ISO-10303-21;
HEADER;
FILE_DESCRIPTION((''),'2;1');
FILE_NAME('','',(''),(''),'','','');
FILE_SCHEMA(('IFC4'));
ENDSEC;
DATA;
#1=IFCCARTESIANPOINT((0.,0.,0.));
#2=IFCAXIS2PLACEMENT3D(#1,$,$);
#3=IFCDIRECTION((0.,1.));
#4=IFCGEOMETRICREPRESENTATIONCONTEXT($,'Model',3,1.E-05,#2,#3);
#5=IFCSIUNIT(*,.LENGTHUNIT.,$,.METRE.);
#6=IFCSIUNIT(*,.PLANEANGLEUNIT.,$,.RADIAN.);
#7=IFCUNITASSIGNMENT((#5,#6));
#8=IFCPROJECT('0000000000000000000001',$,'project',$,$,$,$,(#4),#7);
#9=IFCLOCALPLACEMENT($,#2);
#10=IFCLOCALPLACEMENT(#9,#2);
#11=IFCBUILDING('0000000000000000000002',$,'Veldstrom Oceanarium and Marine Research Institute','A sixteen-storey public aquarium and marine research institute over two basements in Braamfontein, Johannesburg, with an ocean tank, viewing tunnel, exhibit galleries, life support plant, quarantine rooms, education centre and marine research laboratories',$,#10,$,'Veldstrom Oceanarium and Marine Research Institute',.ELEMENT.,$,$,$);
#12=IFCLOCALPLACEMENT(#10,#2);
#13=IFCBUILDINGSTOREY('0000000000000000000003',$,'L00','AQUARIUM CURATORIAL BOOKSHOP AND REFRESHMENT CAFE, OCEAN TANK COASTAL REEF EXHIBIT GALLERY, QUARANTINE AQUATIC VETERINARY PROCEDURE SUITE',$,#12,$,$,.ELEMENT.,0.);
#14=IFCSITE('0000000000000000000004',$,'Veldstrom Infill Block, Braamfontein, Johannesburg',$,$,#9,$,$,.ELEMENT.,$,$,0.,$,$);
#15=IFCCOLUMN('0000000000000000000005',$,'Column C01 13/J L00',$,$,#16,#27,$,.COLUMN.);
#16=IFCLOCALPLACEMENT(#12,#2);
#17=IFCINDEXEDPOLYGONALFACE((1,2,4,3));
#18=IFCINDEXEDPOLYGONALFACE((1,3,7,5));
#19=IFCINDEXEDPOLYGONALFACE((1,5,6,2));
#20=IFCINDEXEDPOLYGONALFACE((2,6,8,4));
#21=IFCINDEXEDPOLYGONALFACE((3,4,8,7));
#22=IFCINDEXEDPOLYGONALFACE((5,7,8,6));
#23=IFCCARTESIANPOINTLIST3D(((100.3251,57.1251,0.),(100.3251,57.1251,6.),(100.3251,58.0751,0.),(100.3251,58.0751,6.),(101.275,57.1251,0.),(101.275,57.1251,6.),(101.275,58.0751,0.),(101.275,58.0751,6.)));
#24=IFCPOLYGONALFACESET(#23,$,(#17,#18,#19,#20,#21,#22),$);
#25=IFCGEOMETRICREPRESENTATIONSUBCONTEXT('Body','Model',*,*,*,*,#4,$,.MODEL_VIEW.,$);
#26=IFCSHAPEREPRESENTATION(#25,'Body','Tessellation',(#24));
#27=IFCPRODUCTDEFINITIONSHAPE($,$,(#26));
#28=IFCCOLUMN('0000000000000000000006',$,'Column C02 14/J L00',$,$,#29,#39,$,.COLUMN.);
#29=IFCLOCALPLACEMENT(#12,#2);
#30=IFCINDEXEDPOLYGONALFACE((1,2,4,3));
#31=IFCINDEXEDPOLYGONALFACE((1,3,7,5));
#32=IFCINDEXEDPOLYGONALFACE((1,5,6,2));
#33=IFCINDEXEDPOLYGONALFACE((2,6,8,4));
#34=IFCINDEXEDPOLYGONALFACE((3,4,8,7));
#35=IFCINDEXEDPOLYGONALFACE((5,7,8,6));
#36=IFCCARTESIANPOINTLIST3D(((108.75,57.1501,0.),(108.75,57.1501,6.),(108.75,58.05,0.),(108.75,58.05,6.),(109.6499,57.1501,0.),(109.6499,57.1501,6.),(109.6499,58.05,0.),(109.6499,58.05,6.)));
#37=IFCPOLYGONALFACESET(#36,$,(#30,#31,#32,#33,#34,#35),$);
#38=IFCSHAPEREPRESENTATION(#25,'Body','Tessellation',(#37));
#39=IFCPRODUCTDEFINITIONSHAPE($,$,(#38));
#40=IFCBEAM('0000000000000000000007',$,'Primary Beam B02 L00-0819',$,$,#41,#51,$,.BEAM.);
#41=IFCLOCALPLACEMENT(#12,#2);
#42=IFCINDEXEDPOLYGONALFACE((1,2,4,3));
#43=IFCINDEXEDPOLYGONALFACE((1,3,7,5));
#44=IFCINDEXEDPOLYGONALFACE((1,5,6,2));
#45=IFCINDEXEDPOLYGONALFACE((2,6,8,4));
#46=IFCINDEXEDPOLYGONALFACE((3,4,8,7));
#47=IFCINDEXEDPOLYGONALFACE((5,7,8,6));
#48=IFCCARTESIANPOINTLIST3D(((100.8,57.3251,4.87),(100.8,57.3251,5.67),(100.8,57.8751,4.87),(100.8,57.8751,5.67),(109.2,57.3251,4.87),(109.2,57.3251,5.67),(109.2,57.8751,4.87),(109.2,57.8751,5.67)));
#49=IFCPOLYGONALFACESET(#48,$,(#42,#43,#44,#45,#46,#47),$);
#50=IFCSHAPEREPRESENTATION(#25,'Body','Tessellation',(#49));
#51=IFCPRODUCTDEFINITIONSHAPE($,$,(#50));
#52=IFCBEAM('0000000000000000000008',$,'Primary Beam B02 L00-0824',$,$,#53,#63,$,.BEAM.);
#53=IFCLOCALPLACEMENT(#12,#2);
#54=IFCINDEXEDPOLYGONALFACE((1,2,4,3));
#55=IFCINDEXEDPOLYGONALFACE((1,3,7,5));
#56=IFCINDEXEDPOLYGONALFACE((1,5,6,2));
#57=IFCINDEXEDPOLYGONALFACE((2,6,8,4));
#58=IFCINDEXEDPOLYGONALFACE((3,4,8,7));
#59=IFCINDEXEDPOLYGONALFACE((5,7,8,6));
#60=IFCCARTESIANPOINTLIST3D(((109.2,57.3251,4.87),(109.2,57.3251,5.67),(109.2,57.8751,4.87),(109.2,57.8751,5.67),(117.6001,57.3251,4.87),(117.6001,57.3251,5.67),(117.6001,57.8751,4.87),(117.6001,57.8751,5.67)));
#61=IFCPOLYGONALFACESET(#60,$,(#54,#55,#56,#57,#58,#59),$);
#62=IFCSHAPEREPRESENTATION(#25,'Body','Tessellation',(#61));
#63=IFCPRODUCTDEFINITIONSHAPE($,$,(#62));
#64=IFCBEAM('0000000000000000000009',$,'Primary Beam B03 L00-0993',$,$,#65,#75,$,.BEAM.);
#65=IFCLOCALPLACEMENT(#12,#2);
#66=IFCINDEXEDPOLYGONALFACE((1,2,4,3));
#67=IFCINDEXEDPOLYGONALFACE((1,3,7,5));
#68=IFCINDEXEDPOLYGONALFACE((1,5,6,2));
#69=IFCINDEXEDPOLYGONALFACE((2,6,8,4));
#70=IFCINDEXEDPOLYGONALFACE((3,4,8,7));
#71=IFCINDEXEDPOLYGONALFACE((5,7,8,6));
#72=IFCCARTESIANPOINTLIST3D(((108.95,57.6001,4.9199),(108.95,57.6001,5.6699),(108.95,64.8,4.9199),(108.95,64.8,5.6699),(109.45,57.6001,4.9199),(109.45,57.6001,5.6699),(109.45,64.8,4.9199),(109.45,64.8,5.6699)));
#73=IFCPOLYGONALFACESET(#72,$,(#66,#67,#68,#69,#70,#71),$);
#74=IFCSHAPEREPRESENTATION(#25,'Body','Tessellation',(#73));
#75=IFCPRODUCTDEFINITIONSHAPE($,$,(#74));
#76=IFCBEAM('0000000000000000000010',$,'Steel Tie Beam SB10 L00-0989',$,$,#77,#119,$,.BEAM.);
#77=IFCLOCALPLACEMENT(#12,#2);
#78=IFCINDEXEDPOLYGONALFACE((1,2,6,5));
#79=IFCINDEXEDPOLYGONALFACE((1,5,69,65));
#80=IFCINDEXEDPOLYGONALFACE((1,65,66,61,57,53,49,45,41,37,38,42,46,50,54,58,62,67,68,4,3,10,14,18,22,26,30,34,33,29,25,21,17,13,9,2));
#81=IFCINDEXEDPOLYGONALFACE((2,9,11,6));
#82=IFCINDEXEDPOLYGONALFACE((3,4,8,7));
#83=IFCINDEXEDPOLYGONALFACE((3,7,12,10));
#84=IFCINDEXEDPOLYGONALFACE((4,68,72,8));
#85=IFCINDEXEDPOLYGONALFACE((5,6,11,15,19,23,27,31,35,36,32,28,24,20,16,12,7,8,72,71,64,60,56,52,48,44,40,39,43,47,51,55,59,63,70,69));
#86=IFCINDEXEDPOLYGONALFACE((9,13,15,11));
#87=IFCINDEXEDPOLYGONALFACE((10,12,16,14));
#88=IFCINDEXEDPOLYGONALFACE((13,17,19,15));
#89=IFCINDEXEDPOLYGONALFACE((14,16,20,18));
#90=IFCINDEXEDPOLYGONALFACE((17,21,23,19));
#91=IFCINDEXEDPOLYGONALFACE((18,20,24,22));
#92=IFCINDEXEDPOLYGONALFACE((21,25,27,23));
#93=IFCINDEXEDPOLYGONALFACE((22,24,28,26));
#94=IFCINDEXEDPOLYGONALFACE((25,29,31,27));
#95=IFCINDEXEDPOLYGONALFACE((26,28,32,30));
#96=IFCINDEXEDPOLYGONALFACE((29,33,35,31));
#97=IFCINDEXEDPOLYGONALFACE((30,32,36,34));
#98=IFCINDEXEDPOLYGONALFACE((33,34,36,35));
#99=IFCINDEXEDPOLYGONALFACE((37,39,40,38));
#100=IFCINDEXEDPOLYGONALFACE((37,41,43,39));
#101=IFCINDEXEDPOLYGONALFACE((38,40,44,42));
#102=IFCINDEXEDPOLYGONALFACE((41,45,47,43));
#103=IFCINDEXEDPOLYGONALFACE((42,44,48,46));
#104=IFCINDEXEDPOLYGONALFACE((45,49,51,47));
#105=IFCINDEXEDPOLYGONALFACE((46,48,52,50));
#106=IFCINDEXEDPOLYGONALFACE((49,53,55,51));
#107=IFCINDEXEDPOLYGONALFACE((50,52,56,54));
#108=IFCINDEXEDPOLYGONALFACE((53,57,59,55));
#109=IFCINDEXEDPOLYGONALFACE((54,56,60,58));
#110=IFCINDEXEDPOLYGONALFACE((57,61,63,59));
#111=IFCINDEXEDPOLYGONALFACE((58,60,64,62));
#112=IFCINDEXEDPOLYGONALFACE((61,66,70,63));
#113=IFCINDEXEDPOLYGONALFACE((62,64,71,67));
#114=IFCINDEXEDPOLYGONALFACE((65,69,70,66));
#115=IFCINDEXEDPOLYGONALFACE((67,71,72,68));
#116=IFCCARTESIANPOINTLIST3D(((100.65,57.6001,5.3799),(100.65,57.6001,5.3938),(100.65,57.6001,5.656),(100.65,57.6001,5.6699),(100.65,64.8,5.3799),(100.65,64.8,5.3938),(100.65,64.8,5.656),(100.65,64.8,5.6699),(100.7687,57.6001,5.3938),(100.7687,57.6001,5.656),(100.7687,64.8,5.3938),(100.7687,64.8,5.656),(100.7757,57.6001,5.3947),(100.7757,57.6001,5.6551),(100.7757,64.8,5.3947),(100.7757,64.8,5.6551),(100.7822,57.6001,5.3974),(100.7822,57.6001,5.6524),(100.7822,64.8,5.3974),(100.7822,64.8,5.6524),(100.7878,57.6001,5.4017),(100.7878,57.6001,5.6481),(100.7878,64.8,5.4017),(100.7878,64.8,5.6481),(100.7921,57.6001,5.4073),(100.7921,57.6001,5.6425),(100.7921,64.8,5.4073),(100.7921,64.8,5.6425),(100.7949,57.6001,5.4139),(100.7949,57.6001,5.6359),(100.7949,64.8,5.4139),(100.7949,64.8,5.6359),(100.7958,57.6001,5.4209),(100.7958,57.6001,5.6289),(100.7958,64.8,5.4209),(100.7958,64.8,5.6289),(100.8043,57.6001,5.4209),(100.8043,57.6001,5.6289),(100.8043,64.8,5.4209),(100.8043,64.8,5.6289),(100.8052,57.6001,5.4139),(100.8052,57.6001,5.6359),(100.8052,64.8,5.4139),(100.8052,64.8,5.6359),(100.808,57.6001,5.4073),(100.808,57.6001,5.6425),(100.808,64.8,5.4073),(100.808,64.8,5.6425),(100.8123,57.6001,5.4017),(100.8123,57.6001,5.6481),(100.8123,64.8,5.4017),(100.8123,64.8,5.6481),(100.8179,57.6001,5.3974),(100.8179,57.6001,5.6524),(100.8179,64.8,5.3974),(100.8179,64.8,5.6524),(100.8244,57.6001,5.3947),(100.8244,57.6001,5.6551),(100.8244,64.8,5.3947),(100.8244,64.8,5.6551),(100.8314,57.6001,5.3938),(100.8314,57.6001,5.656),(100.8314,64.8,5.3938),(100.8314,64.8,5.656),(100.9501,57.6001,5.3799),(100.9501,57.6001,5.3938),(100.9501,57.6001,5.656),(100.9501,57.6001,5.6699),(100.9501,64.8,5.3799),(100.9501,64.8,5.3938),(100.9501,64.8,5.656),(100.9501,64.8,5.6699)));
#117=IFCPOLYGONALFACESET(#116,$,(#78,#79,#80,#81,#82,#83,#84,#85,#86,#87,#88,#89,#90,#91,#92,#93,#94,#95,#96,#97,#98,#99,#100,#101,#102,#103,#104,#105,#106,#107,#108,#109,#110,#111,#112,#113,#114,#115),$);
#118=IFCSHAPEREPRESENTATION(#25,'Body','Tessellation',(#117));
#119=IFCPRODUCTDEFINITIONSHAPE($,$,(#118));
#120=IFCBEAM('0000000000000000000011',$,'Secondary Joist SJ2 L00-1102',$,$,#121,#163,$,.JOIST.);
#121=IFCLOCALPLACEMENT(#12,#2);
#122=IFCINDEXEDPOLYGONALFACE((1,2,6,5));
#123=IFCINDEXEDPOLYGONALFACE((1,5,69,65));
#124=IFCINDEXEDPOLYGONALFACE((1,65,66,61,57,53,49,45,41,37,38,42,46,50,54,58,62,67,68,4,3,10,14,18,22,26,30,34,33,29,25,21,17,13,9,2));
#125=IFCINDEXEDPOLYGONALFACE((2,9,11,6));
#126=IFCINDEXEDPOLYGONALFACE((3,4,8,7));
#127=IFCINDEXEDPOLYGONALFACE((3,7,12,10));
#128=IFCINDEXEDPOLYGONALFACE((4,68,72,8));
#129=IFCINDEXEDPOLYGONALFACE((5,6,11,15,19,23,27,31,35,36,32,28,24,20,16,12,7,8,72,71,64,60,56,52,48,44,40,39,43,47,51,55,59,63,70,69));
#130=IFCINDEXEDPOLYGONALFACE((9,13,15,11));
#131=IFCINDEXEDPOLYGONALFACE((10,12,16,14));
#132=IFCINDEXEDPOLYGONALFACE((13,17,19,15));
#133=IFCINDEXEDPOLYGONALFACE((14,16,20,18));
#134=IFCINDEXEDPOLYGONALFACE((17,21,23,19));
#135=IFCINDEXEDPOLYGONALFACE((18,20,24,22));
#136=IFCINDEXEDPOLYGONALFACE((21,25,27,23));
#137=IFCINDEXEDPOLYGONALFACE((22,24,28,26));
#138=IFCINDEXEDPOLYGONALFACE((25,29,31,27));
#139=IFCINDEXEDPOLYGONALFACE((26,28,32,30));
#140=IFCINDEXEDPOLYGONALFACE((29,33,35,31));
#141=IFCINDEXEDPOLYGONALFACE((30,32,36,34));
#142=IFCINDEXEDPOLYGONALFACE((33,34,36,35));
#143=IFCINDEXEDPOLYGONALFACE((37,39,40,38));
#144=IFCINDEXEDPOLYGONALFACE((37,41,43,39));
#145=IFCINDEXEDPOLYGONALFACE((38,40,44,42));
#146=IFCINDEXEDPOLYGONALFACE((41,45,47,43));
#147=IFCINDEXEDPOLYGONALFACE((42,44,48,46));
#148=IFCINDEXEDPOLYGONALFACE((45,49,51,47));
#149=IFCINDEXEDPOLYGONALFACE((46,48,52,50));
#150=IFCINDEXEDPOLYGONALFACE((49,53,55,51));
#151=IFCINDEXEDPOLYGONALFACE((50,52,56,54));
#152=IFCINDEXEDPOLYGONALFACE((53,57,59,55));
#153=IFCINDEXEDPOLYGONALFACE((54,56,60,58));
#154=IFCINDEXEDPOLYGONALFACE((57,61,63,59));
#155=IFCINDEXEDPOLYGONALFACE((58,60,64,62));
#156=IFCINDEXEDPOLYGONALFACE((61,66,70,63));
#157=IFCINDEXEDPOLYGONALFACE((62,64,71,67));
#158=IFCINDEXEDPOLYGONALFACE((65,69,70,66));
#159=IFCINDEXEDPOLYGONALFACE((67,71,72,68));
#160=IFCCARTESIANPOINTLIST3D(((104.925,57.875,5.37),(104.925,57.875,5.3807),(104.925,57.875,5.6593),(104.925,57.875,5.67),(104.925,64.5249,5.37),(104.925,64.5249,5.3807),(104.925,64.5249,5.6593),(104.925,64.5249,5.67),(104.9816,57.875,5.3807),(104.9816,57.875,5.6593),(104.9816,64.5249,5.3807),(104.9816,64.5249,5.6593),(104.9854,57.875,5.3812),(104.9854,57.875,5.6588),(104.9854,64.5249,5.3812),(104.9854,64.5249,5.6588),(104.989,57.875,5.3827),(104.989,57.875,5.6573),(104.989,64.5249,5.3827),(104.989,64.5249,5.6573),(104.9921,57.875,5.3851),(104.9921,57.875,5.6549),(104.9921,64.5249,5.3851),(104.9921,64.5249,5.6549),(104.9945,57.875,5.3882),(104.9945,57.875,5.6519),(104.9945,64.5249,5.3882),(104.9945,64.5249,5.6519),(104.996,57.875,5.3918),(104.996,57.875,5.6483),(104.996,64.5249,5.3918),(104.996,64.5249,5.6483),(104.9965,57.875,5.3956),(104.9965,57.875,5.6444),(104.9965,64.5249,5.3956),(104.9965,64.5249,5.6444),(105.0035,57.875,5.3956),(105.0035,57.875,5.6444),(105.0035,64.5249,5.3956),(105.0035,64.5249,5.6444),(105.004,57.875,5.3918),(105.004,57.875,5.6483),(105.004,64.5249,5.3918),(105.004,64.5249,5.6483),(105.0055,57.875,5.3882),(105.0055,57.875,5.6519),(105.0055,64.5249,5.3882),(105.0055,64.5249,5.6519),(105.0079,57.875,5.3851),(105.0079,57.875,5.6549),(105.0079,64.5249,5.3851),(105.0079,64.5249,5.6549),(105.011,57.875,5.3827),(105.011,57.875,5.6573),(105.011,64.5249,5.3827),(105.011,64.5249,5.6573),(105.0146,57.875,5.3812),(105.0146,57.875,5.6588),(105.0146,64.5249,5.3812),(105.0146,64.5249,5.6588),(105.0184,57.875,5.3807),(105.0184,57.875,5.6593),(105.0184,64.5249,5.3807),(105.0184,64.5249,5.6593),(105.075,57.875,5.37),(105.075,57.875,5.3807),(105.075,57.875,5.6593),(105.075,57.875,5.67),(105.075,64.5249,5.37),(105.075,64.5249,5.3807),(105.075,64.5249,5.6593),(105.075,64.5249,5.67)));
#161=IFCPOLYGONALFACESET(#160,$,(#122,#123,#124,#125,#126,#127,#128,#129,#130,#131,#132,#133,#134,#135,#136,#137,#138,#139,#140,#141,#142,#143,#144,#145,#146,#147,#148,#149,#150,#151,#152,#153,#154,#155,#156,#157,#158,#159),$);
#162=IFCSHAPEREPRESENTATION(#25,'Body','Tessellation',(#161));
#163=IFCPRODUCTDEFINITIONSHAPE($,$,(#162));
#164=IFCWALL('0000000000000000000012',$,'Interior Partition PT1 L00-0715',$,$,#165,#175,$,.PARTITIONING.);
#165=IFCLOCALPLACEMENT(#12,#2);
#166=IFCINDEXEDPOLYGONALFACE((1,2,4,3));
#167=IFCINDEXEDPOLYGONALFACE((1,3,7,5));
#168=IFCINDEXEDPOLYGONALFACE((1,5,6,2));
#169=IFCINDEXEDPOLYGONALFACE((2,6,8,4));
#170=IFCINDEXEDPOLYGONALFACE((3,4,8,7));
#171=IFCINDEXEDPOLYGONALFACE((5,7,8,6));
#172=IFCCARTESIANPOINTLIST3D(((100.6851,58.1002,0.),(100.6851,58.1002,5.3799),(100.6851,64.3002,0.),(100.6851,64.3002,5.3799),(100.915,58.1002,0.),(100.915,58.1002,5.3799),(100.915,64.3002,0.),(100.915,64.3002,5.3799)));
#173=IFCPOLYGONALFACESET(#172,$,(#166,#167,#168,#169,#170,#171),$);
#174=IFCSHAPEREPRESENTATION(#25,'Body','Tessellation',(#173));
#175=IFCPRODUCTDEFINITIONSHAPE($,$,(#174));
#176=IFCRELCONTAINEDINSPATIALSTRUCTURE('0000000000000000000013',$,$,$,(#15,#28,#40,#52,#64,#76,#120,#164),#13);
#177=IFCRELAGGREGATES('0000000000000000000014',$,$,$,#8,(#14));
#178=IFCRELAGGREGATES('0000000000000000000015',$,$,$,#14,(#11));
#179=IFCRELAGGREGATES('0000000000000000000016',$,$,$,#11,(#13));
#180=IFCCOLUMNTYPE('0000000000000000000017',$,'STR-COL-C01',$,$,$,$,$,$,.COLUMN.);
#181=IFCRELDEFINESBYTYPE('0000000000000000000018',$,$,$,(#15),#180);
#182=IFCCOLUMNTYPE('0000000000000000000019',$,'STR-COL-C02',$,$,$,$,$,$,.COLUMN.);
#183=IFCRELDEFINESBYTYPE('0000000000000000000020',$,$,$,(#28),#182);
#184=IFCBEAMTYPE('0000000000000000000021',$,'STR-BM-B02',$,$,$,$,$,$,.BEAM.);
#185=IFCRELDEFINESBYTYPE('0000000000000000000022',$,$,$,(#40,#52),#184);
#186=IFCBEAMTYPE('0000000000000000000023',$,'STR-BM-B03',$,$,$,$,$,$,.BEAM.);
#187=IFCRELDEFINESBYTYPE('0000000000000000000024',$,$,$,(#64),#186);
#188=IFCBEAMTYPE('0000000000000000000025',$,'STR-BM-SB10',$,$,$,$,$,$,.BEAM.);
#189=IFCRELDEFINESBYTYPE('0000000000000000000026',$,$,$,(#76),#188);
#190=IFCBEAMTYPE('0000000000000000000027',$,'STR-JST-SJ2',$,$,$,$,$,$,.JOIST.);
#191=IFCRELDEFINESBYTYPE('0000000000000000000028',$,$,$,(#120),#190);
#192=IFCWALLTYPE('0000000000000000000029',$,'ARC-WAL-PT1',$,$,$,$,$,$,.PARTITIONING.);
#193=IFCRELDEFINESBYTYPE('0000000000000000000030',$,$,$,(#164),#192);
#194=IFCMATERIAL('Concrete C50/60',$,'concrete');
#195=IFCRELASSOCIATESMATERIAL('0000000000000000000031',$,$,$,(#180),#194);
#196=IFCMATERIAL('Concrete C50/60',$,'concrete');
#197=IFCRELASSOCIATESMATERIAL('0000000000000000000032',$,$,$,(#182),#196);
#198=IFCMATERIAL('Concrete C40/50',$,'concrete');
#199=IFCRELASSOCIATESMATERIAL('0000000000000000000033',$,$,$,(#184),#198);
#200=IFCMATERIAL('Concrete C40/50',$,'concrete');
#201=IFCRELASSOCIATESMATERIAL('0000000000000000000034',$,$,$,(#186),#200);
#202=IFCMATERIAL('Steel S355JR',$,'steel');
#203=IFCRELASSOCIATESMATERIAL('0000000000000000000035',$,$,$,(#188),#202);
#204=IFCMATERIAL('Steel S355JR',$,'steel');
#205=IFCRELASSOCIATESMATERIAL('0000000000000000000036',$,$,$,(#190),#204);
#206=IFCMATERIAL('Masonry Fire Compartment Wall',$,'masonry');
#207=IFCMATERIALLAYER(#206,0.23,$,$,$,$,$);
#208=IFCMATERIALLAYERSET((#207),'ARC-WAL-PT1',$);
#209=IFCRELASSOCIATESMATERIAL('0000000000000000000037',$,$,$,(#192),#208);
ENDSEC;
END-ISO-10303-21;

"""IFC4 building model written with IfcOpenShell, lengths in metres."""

from ifc_helpers import new_model, si_unit, direction, frame, frame_2d, origin, origin_2d, place, context, subcontext, project, spatial, rectangle, i_section, extrude, material, layer, layer_set, material_profile, profile_set, type_object, element, save


model = new_model("IFC4")

# Units and contexts
model_context = context("Model", 3, precision=1e-05, world=origin(), true_north=direction((0.0, 1.0)))
body_context = subcontext(model_context, "Body", "Model", "MODEL_VIEW")
ifc_project = project(units=[si_unit("LENGTHUNIT", "METRE"), si_unit("PLANEANGLEUNIT", "RADIAN")], contexts=[model_context])

# Site, building, storey
site_placement = place(None, origin())
site = spatial("IfcSite", under=ifc_project, at=site_placement, Name="Veldstrom Infill Block, Braamfontein, Johannesburg", CompositionType="ELEMENT", RefElevation=0.0)
building_placement = place(site_placement, origin())
building = spatial("IfcBuilding", under=site, at=building_placement, Name="Veldstrom Oceanarium and Marine Research Institute", Description="A sixteen-storey public aquarium and marine research institute over two basements in Braamfontein, Johannesburg, with an ocean tank, viewing tunnel, exhibit galleries, life support plant, quarantine rooms, education centre and marine research laboratories", LongName="Veldstrom Oceanarium and Marine Research Institute", CompositionType="ELEMENT")
storey_placement = place(building_placement, origin())
storey = spatial("IfcBuildingStorey", under=building, at=storey_placement, Name="L00", Description="AQUARIUM CURATORIAL BOOKSHOP AND REFRESHMENT CAFE, OCEAN TANK COASTAL REEF EXHIBIT GALLERY, QUARANTINE AQUATIC VETERINARY PROCEDURE SUITE", CompositionType="ELEMENT", Elevation=0.0)

# Columns
ifc_material_1 = material(Name="Concrete C50/60", Category="concrete")
ifc_material_profile_1 = material_profile(ifc_material_1, rectangle(XDim=0.95, YDim=0.95, at=origin_2d()), Name="RC-COL-950x950")
ifc_profile_set_1 = profile_set([ifc_material_profile_1], Name="Concrete C50/60")
column_type_1 = type_object("IfcColumnType", Name="STR-COL-C01", PredefinedType="COLUMN", material=ifc_profile_set_1)
column_1_placement = place(storey_placement, frame((100.8, 57.6001, 0.0), z_axis=(0.0, 0.0, 1.0), x_axis=(1.0, 0.0, 0.0)))
element("IfcColumn", 1, at=column_1_placement, inside=storey, type_object=column_type_1, Name="Column C01 13/J L00", PredefinedType="COLUMN", context=body_context, shape_type="SweptSolid", body=[
    extrude(rectangle(XDim=0.95, YDim=0.95, at=origin_2d()), origin(), (0.0, 0.0, 1.0), 6.0),
])
ifc_material_2 = material(Name="Concrete C50/60", Category="concrete")
ifc_material_profile_2 = material_profile(ifc_material_2, rectangle(XDim=0.8999, YDim=0.8999, at=origin_2d()), Name="RC-COL-900x900")
ifc_profile_set_2 = profile_set([ifc_material_profile_2], Name="Concrete C50/60")
column_type_2 = type_object("IfcColumnType", Name="STR-COL-C02", PredefinedType="COLUMN", material=ifc_profile_set_2)
column_2_placement = place(storey_placement, frame((109.2, 57.6001, 0.0), z_axis=(0.0, 0.0, 1.0), x_axis=(1.0, 0.0, 0.0)))
element("IfcColumn", 2, at=column_2_placement, inside=storey, type_object=column_type_2, Name="Column C02 14/J L00", PredefinedType="COLUMN", context=body_context, shape_type="SweptSolid", body=[
    extrude(rectangle(XDim=0.8999, YDim=0.8999, at=origin_2d()), origin(), (0.0, 0.0, 1.0), 6.0),
])

# Beams
ifc_material_3 = material(Name="Concrete C40/50", Category="concrete")
ifc_material_profile_3 = material_profile(ifc_material_3, rectangle(XDim=0.55, YDim=0.8, at=origin_2d()), Name="RC-BM-550x800")
ifc_profile_set_3 = profile_set([ifc_material_profile_3], Name="Concrete C40/50")
beam_type_1 = type_object("IfcBeamType", Name="STR-BM-B02", PredefinedType="BEAM", material=ifc_profile_set_3)
beam_1_placement = place(storey_placement, frame((100.8, 57.6001, 5.27), z_axis=(1.0, 0.0, 0.0), x_axis=(0.0, 1.0, 0.0)))
element("IfcBeam", 3, at=beam_1_placement, inside=storey, type_object=beam_type_1, Name="Primary Beam B02 L00-0819", PredefinedType="BEAM", context=body_context, shape_type="SweptSolid", body=[
    extrude(rectangle(XDim=0.55, YDim=0.8, at=origin_2d()), origin(), (0.0, 0.0, 1.0), 8.3999),
])
beam_2_placement = place(storey_placement, frame((109.2, 57.6001, 5.27), z_axis=(1.0, 0.0, 0.0), x_axis=(0.0, 1.0, 0.0)))
element("IfcBeam", 4, at=beam_2_placement, inside=storey, type_object=beam_type_1, Name="Primary Beam B02 L00-0824", PredefinedType="BEAM", context=body_context, shape_type="SweptSolid", body=[
    extrude(rectangle(XDim=0.55, YDim=0.8, at=origin_2d()), origin(), (0.0, 0.0, 1.0), 8.4001),
])
ifc_material_4 = material(Name="Concrete C40/50", Category="concrete")
ifc_material_profile_4 = material_profile(ifc_material_4, rectangle(XDim=0.5, YDim=0.75, at=origin_2d()), Name="RC-BM-500x750")
ifc_profile_set_4 = profile_set([ifc_material_profile_4], Name="Concrete C40/50")
beam_type_2 = type_object("IfcBeamType", Name="STR-BM-B03", PredefinedType="BEAM", material=ifc_profile_set_4)
beam_3_placement = place(storey_placement, frame((109.2, 57.6001, 5.2949), z_axis=(0.0, 1.0, 0.0), x_axis=(-1.0, 0.0, 0.0)))
element("IfcBeam", 5, at=beam_3_placement, inside=storey, type_object=beam_type_2, Name="Primary Beam B03 L00-0993", PredefinedType="BEAM", context=body_context, shape_type="SweptSolid", body=[
    extrude(rectangle(XDim=0.5, YDim=0.75, at=origin_2d()), origin(), (0.0, 0.0, 1.0), 7.2),
])
ifc_material_5 = material(Name="Steel S355JR", Category="steel")
ifc_material_profile_5 = material_profile(ifc_material_5, i_section(OverallWidth=0.3, OverallDepth=0.29, WebThickness=0.0085, FlangeThickness=0.0139, FilletRadius=0.0271, at=origin_2d()), Name="HEA 300")
ifc_profile_set_5 = profile_set([ifc_material_profile_5], Name="Steel S355JR")
beam_type_3 = type_object("IfcBeamType", Name="STR-BM-SB10", PredefinedType="BEAM", material=ifc_profile_set_5)
beam_4_placement = place(storey_placement, frame((100.8, 57.6001, 5.5249), z_axis=(0.0, 1.0, 0.0), x_axis=(-1.0, 0.0, 0.0)))
element("IfcBeam", 6, at=beam_4_placement, inside=storey, type_object=beam_type_3, Name="Steel Tie Beam SB10 L00-0989", PredefinedType="BEAM", context=body_context, shape_type="SweptSolid", body=[
    extrude(i_section(OverallWidth=0.3, OverallDepth=0.29, WebThickness=0.0085, FlangeThickness=0.0139, FilletRadius=0.0271, at=origin_2d()), origin(), (0.0, 0.0, 1.0), 7.2),
])
ifc_material_6 = material(Name="Steel S355JR", Category="steel")
ifc_material_profile_6 = material_profile(ifc_material_6, i_section(OverallWidth=0.1499, OverallDepth=0.3, WebThickness=0.0071, FlangeThickness=0.0107, FilletRadius=0.0149, at=origin_2d()), Name="IPE 300")
ifc_profile_set_6 = profile_set([ifc_material_profile_6], Name="Steel S355JR")
beam_type_4 = type_object("IfcBeamType", Name="STR-JST-SJ2", PredefinedType="JOIST", material=ifc_profile_set_6)
beam_5_placement = place(storey_placement, frame((105.0, 57.875, 5.52), z_axis=(0.0, 1.0, 0.0), x_axis=(-1.0, 0.0, 0.0)))
element("IfcBeam", 7, at=beam_5_placement, inside=storey, type_object=beam_type_4, Name="Secondary Joist SJ2 L00-1102", PredefinedType="JOIST", context=body_context, shape_type="SweptSolid", body=[
    extrude(i_section(OverallWidth=0.1499, OverallDepth=0.3, WebThickness=0.0071, FlangeThickness=0.0107, FilletRadius=0.0149, at=origin_2d()), origin(), (0.0, 0.0, 1.0), 6.6499),
])

# Wall
ifc_material_7 = material(Name="Masonry Fire Compartment Wall", Category="masonry")
ifc_layer_1 = layer(ifc_material_7, 0.23)
ifc_layer_set_1 = layer_set([ifc_layer_1], Name="ARC-WAL-PT1")
wall_type_1 = type_object("IfcWallType", Name="ARC-WAL-PT1", PredefinedType="PARTITIONING", material=ifc_layer_set_1)
wall_1_placement = place(storey_placement, frame((100.8, 58.1001, 0.0), z_axis=(0.0, 0.0, 1.0), x_axis=(0.0, 1.0, 0.0)))
element("IfcWall", 8, at=wall_1_placement, inside=storey, type_object=wall_type_1, Name="Interior Partition PT1 L00-0715", PredefinedType="PARTITIONING", context=body_context, shape_type="SweptSolid", body=[
    extrude(rectangle(XDim=6.2, YDim=0.23, at=frame_2d((3.1001, 0.0))), origin(), (0.0, 0.0, 1.0), 5.3799),
])

save(model, "model.ifc")
